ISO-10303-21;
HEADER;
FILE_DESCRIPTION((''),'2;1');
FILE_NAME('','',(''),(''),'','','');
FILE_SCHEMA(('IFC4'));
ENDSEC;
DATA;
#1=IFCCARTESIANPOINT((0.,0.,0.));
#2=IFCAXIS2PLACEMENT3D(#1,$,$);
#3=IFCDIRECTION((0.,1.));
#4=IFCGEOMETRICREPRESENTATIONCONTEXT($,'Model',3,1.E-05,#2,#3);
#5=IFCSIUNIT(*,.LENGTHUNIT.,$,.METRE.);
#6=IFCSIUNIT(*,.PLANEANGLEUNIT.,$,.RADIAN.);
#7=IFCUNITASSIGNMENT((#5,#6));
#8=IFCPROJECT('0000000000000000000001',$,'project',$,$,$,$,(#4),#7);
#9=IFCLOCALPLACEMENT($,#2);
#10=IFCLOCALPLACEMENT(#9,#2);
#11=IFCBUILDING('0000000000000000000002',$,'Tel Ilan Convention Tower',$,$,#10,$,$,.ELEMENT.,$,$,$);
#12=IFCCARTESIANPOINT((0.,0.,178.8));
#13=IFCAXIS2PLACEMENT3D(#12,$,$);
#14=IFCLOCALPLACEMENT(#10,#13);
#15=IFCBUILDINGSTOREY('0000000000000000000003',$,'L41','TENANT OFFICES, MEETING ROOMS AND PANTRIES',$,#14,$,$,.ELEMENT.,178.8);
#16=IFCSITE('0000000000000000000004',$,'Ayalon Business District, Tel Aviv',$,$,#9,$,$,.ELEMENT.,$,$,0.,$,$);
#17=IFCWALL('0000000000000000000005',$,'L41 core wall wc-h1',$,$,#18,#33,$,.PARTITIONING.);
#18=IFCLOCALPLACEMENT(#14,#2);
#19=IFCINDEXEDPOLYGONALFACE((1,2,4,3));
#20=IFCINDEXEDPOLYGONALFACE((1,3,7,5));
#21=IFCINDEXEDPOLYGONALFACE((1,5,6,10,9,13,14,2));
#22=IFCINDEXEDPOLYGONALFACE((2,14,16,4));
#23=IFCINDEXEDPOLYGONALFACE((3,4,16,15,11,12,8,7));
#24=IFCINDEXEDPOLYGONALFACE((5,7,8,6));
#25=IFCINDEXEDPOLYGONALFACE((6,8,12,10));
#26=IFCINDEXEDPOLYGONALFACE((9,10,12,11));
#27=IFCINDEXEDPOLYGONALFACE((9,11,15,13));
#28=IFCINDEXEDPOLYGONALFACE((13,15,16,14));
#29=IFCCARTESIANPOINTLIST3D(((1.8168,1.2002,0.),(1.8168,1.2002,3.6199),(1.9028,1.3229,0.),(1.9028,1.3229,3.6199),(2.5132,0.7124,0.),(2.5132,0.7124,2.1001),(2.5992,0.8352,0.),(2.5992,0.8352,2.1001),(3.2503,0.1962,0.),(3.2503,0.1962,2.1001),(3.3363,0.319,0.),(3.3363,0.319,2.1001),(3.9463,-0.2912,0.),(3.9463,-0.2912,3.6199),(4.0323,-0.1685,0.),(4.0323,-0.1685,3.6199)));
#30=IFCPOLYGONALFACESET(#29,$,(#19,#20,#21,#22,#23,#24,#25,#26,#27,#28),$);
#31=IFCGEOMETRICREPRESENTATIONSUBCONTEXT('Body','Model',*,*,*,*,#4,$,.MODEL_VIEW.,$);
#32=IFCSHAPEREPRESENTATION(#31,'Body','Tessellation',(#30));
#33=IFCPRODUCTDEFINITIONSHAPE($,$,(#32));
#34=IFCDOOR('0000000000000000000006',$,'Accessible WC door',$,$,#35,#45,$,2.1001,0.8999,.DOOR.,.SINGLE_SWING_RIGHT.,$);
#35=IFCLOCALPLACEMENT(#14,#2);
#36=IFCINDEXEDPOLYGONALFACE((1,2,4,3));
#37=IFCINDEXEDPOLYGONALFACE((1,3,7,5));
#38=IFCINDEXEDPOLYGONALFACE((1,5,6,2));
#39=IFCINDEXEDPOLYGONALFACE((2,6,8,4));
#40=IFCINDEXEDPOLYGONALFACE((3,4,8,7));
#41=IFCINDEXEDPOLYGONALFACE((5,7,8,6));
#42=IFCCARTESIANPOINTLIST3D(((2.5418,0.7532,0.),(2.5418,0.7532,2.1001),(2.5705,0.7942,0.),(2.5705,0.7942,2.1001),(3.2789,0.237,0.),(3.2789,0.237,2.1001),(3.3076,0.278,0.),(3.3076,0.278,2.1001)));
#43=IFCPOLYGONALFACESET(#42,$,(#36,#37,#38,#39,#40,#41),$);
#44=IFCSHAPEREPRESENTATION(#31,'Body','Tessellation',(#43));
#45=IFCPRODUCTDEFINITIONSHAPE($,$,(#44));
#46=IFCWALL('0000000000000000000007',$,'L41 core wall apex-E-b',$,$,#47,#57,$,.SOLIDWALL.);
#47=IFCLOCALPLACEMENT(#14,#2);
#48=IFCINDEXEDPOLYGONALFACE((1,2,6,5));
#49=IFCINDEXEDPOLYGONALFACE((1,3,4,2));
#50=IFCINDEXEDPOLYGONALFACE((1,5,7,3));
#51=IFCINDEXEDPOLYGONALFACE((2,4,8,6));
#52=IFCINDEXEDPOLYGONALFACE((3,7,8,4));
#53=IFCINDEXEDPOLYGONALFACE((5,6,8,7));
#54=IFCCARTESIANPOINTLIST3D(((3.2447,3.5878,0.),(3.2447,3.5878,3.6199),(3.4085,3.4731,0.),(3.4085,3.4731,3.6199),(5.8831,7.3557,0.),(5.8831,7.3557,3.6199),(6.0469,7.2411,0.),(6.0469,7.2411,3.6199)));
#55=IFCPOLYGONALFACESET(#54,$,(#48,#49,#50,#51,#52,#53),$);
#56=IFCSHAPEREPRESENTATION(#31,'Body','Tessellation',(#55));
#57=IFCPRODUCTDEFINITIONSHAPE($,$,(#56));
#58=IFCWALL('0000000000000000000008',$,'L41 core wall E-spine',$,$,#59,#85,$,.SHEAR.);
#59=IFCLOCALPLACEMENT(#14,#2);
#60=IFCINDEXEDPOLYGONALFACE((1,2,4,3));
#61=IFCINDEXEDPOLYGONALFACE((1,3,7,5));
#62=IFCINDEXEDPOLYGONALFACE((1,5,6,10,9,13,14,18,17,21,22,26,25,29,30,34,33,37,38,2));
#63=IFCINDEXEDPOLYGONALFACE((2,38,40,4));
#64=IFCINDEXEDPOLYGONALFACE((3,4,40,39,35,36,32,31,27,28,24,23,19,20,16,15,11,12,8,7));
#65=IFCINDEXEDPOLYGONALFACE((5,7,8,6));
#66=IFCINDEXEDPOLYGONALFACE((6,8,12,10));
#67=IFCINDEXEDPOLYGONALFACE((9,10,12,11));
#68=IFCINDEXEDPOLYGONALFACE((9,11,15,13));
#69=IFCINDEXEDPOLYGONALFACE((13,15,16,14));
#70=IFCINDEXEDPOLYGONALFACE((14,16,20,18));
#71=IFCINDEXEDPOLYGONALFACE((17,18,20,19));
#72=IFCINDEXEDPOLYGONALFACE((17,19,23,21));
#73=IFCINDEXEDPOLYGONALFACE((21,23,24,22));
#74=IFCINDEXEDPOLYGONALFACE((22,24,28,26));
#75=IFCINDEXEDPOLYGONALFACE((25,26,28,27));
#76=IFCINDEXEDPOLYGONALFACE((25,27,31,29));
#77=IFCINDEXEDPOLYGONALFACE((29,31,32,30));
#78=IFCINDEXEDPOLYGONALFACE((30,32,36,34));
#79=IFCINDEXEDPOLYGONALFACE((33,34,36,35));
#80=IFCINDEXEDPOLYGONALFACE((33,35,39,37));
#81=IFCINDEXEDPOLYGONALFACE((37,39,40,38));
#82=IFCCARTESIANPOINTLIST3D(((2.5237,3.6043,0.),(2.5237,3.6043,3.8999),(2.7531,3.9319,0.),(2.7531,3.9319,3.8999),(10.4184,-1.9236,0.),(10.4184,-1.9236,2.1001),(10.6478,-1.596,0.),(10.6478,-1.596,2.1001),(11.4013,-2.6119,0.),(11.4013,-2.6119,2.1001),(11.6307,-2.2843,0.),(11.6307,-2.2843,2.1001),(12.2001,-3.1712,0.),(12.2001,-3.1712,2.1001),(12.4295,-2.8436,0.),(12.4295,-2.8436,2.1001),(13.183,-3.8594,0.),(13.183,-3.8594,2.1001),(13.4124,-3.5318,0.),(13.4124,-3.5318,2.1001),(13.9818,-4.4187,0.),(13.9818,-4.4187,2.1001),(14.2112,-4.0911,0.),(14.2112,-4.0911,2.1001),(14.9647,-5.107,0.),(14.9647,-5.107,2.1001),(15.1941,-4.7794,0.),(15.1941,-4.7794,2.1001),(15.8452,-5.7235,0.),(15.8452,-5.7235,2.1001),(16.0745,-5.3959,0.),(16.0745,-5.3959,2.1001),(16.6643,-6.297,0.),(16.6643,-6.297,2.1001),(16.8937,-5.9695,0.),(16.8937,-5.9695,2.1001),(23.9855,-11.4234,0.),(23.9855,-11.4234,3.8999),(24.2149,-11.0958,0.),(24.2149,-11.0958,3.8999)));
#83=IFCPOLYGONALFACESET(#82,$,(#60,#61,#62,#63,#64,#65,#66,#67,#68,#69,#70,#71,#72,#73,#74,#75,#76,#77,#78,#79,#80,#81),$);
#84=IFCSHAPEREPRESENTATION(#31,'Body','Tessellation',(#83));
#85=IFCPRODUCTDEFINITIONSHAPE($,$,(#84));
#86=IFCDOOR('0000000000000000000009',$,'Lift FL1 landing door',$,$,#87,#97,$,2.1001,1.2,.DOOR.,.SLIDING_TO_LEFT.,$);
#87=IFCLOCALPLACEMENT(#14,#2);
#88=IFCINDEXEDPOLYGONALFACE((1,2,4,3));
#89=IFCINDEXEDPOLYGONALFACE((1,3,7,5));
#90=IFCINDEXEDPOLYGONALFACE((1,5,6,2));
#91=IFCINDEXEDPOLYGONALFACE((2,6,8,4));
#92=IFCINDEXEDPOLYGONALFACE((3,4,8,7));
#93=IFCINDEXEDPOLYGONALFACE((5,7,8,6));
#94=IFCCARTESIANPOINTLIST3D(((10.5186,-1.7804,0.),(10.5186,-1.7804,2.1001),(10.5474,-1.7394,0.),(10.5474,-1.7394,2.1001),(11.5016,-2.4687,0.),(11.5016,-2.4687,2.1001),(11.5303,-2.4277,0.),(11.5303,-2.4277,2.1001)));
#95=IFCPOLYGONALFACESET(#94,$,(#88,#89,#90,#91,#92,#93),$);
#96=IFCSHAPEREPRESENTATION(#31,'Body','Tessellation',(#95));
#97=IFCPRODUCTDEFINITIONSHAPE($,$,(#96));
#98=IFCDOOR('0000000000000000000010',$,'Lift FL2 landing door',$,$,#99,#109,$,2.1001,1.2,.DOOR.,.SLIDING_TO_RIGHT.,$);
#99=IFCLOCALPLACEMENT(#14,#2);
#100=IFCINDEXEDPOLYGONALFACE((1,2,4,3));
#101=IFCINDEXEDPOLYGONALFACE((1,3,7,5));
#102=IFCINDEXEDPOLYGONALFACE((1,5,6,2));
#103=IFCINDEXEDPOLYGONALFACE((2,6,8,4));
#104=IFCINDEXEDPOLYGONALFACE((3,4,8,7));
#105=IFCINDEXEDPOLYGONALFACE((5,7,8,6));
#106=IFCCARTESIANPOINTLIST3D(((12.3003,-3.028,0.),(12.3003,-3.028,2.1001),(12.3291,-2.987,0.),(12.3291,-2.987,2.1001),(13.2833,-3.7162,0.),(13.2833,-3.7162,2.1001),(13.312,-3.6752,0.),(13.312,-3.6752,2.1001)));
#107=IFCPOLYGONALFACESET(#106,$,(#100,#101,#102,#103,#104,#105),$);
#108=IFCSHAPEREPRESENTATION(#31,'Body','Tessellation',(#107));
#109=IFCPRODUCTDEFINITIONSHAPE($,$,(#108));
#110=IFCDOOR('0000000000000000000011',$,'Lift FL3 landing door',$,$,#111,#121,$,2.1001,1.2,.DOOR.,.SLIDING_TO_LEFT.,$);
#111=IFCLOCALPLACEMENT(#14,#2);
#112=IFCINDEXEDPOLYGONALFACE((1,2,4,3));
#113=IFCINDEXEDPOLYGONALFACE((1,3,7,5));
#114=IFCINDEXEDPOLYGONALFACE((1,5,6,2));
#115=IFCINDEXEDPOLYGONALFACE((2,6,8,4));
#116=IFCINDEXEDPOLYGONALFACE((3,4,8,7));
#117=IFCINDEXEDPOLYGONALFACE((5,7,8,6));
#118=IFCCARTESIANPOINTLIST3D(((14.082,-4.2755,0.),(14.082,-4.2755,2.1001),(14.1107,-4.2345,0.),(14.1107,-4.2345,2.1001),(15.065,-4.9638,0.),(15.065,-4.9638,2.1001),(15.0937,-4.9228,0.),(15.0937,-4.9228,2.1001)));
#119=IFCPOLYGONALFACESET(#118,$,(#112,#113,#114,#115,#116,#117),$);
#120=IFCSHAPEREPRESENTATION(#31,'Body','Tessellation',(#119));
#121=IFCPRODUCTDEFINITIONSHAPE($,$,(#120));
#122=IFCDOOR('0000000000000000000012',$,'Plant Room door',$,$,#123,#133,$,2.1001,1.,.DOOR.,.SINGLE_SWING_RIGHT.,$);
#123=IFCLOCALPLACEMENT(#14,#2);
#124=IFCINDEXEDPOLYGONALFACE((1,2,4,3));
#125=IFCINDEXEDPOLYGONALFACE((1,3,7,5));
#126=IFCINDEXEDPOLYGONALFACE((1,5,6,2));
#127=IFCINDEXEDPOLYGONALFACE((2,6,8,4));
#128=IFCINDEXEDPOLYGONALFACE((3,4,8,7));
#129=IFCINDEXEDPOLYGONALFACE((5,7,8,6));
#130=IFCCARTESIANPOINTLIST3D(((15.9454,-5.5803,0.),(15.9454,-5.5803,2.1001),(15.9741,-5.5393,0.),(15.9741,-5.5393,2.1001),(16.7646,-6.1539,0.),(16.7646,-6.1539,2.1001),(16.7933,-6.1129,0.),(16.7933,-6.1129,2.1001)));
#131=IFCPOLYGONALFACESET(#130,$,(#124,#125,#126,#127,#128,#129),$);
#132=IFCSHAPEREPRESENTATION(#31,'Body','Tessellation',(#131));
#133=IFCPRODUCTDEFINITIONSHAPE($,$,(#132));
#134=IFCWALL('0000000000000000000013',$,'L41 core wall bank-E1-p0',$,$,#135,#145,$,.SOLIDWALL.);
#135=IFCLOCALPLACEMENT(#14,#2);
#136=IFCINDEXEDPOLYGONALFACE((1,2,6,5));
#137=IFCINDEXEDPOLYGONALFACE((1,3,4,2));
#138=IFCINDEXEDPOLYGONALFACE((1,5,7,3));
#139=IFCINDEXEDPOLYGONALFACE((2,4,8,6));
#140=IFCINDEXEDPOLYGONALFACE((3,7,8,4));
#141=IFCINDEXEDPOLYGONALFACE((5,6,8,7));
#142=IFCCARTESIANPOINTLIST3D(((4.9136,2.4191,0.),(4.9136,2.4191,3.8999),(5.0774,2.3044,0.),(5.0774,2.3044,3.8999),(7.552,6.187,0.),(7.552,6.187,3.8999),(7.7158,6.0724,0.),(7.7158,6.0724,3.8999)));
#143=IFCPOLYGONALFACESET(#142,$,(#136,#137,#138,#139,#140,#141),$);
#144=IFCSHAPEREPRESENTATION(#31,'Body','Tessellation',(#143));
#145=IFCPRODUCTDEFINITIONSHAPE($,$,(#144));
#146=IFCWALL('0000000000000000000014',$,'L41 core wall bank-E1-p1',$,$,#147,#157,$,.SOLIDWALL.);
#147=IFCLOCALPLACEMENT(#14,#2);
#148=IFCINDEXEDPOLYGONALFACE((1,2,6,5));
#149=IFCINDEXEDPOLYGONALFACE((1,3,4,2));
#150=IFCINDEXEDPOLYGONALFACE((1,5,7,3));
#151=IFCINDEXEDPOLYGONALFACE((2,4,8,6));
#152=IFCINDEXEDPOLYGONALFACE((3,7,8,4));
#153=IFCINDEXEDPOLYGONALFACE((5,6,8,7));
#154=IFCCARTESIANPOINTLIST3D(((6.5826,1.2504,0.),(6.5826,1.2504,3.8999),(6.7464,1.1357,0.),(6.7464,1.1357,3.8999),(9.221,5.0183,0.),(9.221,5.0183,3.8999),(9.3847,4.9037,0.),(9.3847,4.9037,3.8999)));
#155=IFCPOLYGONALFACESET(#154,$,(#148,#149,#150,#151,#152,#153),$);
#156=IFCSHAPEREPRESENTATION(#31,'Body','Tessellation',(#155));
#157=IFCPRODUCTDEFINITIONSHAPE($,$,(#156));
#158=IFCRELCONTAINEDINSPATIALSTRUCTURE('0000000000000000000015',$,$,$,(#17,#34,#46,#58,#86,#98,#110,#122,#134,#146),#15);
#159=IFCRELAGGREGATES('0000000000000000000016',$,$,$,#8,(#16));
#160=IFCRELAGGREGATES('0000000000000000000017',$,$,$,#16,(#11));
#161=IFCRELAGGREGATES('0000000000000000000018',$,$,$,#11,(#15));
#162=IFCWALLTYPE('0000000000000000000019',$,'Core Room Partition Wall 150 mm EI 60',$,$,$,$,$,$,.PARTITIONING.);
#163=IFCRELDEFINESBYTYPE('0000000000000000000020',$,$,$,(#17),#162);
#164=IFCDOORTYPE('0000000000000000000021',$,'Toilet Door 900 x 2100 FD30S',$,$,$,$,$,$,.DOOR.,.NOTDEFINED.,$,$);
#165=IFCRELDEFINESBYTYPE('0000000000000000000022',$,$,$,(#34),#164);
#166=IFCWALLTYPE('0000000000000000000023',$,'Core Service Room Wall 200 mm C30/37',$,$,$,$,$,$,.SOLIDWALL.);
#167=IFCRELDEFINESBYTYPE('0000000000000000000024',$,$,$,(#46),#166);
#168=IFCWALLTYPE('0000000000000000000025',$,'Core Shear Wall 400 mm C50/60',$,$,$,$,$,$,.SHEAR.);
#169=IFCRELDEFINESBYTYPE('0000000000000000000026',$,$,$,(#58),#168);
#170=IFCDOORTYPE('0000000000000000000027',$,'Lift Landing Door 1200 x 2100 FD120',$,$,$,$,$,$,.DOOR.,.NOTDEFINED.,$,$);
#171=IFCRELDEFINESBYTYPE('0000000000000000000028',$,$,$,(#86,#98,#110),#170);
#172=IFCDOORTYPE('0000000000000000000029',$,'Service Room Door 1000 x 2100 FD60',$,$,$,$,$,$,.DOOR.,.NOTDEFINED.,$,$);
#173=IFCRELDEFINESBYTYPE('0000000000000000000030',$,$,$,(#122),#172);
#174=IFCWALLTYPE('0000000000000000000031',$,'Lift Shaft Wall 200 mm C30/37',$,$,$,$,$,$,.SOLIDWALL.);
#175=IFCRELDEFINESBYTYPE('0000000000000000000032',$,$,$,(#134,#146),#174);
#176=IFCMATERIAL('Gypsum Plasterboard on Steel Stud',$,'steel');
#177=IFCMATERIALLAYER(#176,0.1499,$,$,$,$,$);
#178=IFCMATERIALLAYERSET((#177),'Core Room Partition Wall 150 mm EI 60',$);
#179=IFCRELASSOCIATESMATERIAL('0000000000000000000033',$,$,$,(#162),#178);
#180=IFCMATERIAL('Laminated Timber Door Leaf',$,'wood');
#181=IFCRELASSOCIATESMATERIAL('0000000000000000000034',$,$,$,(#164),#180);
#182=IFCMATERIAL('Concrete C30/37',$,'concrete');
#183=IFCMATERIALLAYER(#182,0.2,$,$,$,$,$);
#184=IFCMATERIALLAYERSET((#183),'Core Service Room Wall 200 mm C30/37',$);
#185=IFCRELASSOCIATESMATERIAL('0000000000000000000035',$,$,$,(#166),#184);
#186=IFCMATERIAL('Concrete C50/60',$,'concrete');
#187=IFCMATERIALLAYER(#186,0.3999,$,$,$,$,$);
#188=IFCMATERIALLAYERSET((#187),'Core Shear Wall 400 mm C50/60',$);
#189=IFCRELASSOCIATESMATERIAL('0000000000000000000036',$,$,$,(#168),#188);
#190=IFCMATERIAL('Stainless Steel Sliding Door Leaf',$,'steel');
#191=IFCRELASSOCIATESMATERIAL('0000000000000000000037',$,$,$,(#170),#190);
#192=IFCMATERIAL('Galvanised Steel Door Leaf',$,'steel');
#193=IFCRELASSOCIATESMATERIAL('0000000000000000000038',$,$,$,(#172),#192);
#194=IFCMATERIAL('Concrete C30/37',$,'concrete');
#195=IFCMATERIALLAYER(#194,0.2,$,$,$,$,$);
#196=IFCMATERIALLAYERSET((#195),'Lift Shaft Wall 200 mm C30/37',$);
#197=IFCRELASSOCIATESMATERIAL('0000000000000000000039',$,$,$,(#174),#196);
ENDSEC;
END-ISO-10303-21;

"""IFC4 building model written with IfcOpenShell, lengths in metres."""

from ifc_helpers import new_model, si_unit, direction, frame, frame_2d, origin, place, context, subcontext, project, spatial, polyline, rectangle, outline, extrude, material, layer, layer_set, type_object, element, fill, save


model = new_model("IFC4")

# Units and contexts
model_context = context("Model", 3, precision=1e-05, world=origin(), true_north=direction((0.0, 1.0)))
body_context = subcontext(model_context, "Body", "Model", "MODEL_VIEW")
ifc_project = project(units=[si_unit("LENGTHUNIT", "METRE"), si_unit("PLANEANGLEUNIT", "RADIAN")], contexts=[model_context])

# Site, building, storey
site_placement = place(None, origin())
site = spatial("IfcSite", under=ifc_project, at=site_placement, Name="Ayalon Business District, Tel Aviv", CompositionType="ELEMENT", RefElevation=0.0)
building_placement = place(site_placement, origin())
building = spatial("IfcBuilding", under=site, at=building_placement, Name="Tel Ilan Convention Tower", CompositionType="ELEMENT")
storey_placement = place(building_placement, frame((0.0, 0.0, 178.8)))
storey = spatial("IfcBuildingStorey", under=building, at=storey_placement, Name="L41", Description="TENANT OFFICES, MEETING ROOMS AND PANTRIES", CompositionType="ELEMENT", Elevation=178.8)

# Wall, opening, door
ifc_material_1 = material(Name="Gypsum Plasterboard on Steel Stud", Category="steel")
ifc_layer_1 = layer(ifc_material_1, 0.1499)
ifc_layer_set_1 = layer_set([ifc_layer_1], Name="Core Room Partition Wall 150 mm EI 60")
wall_type_1 = type_object("IfcWallType", Name="Core Room Partition Wall 150 mm EI 60", PredefinedType="PARTITIONING", material=ifc_layer_set_1)
wall_1_placement = place(storey_placement, frame((1.8599, 1.2615, 0.0), z_axis=(0.0, 0.0, 1.0), x_axis=(0.819104, -0.573645, 0.0)))
wall_1 = element("IfcWall", 1, at=wall_1_placement, inside=storey, type_object=wall_type_1, Name="L41 core wall wc-h1", PredefinedType="PARTITIONING", context=body_context, shape_type="SweptSolid", body=[
    extrude(rectangle(XDim=2.5999, YDim=0.1499, at=frame_2d((1.2998, 0.0))), origin(), (0.0, 0.0, 1.0), 3.6199),
])
opening_1_placement = place(wall_1_placement, frame((0.8501, 0.0, 0.0)))
opening_1 = element("IfcOpeningElement", 2, at=opening_1_placement, cuts=wall_1, PredefinedType="OPENING", context=body_context, shape_type="SweptSolid", body=[
    extrude(rectangle(XDim=0.8999, YDim=2.1001, at=frame_2d((0.45, 1.05))), frame((0.0, 0.085, 0.0), z_axis=(0.0, -1.0, 0.0), x_axis=(1.0, 0.0, 0.0)), (0.0, 0.0, 1.0), 0.1699),
])
ifc_material_2 = material(Name="Laminated Timber Door Leaf", Category="wood")
door_type_1 = type_object("IfcDoorType", Name="Toilet Door 900 x 2100 FD30S", OperationType="NOTDEFINED", PredefinedType="DOOR", material=ifc_material_2)
door_1_placement = place(opening_1_placement, origin())
door_1 = element("IfcDoor", 3, at=door_1_placement, inside=storey, type_object=door_type_1, Name="Accessible WC door", OperationType="SINGLE_SWING_RIGHT", OverallHeight=2.1001, OverallWidth=0.8999, PredefinedType="DOOR", context=body_context, shape_type="SweptSolid", body=[
    extrude(rectangle(XDim=0.8999, YDim=2.1001, at=frame_2d((0.45, 1.05))), frame((0.0, 0.0249, 0.0), z_axis=(0.0, -1.0, 0.0), x_axis=(1.0, 0.0, 0.0)), (0.0, 0.0, 1.0), 0.05),
])
fill(opening_1, door_1)

# Wall
ifc_material_3 = material(Name="Concrete C30/37", Category="concrete")
ifc_layer_2 = layer(ifc_material_3, 0.2)
ifc_layer_set_2 = layer_set([ifc_layer_2], Name="Core Service Room Wall 200 mm C30/37")
wall_type_2 = type_object("IfcWallType", Name="Core Service Room Wall 200 mm C30/37", PredefinedType="SOLIDWALL", material=ifc_layer_set_2)
wall_2_placement = place(storey_placement, frame((3.3267, 3.5305, 0.0), z_axis=(0.0, 0.0, 1.0), x_axis=(0.573576, 0.819152, 0.0)))
element("IfcWall", 4, at=wall_2_placement, inside=storey, type_object=wall_type_2, Name="L41 core wall apex-E-b", PredefinedType="SOLIDWALL", context=body_context, shape_type="SweptSolid", body=[
    extrude(rectangle(XDim=4.5999, YDim=0.2, at=frame_2d((2.2998, 0.0))), origin(), (0.0, 0.0, 1.0), 3.6199),
])

# Wall, openings, doors
ifc_material_4 = material(Name="Concrete C50/60", Category="concrete")
ifc_layer_3 = layer(ifc_material_4, 0.3999)
ifc_layer_set_3 = layer_set([ifc_layer_3], Name="Core Shear Wall 400 mm C50/60")
wall_type_3 = type_object("IfcWallType", Name="Core Shear Wall 400 mm C50/60", PredefinedType="SHEAR", material=ifc_layer_set_3)
wall_3_placement = place(storey_placement, frame((2.6384, 3.7681, 0.0), z_axis=(0.0, 0.0, 1.0), x_axis=(0.819153, -0.573576, 0.0)))
wall_3 = element("IfcWall", 5, at=wall_3_placement, inside=storey, type_object=wall_type_3, Name="L41 core wall E-spine", PredefinedType="SHEAR", context=body_context, shape_type="SweptSolid", body=[
    extrude(outline(polyline([(0.0, 0.2), (0.0, -0.2), (26.2, -0.2), (26.2, 0.2), (0.0, 0.2)])), origin(), (0.0, 0.0, 1.0), 3.8999),
])
opening_2_placement = place(wall_3_placement, frame((9.6375, 0.0, 0.0)))
opening_2 = element("IfcOpeningElement", 6, at=opening_2_placement, cuts=wall_3, PredefinedType="OPENING", context=body_context, shape_type="SweptSolid", body=[
    extrude(rectangle(XDim=1.2, YDim=2.1001, at=frame_2d((0.6001, 1.05))), frame((0.0, 0.21, 0.0), z_axis=(0.0, -1.0, 0.0), x_axis=(1.0, 0.0, 0.0)), (0.0, 0.0, 1.0), 0.4199),
])
opening_3_placement = place(wall_3_placement, frame((11.8125, 0.0, 0.0)))
opening_3 = element("IfcOpeningElement", 7, at=opening_3_placement, cuts=wall_3, PredefinedType="OPENING", context=body_context, shape_type="SweptSolid", body=[
    extrude(rectangle(XDim=1.2, YDim=2.1001, at=frame_2d((0.6001, 1.05))), frame((0.0, 0.21, 0.0), z_axis=(0.0, -1.0, 0.0), x_axis=(1.0, 0.0, 0.0)), (0.0, 0.0, 1.0), 0.4199),
])
opening_4_placement = place(wall_3_placement, frame((13.9875, 0.0, 0.0)))
opening_4 = element("IfcOpeningElement", 8, at=opening_4_placement, cuts=wall_3, PredefinedType="OPENING", context=body_context, shape_type="SweptSolid", body=[
    extrude(rectangle(XDim=1.2, YDim=2.1001, at=frame_2d((0.6001, 1.05))), frame((0.0, 0.21, 0.0), z_axis=(0.0, -1.0, 0.0), x_axis=(1.0, 0.0, 0.0)), (0.0, 0.0, 1.0), 0.4199),
])
opening_5_placement = place(wall_3_placement, frame((16.2625, 0.0, 0.0)))
opening_5 = element("IfcOpeningElement", 9, at=opening_5_placement, cuts=wall_3, PredefinedType="OPENING", context=body_context, shape_type="SweptSolid", body=[
    extrude(rectangle(XDim=1.0, YDim=2.1001, at=frame_2d((0.5, 1.05))), frame((0.0, 0.21, 0.0), z_axis=(0.0, -1.0, 0.0), x_axis=(1.0, 0.0, 0.0)), (0.0, 0.0, 1.0), 0.4199),
])
ifc_material_5 = material(Name="Stainless Steel Sliding Door Leaf", Category="steel")
door_type_2 = type_object("IfcDoorType", Name="Lift Landing Door 1200 x 2100 FD120", OperationType="NOTDEFINED", PredefinedType="DOOR", material=ifc_material_5)
door_2_placement = place(opening_2_placement, origin())
door_2 = element("IfcDoor", 10, at=door_2_placement, inside=storey, type_object=door_type_2, Name="Lift FL1 landing door", OperationType="SLIDING_TO_LEFT", OverallHeight=2.1001, OverallWidth=1.2, PredefinedType="DOOR", context=body_context, shape_type="SweptSolid", body=[
    extrude(rectangle(XDim=1.2, YDim=2.1001, at=frame_2d((0.6001, 1.05))), frame((0.0, 0.0249, 0.0), z_axis=(0.0, -1.0, 0.0), x_axis=(1.0, 0.0, 0.0)), (0.0, 0.0, 1.0), 0.05),
])
fill(opening_2, door_2)
door_3_placement = place(opening_3_placement, origin())
door_3 = element("IfcDoor", 11, at=door_3_placement, inside=storey, type_object=door_type_2, Name="Lift FL2 landing door", OperationType="SLIDING_TO_RIGHT", OverallHeight=2.1001, OverallWidth=1.2, PredefinedType="DOOR", context=body_context, shape_type="SweptSolid", body=[
    extrude(rectangle(XDim=1.2, YDim=2.1001, at=frame_2d((0.6001, 1.05))), frame((0.0, 0.0249, 0.0), z_axis=(0.0, -1.0, 0.0), x_axis=(1.0, 0.0, 0.0)), (0.0, 0.0, 1.0), 0.05),
])
fill(opening_3, door_3)
door_4_placement = place(opening_4_placement, origin())
door_4 = element("IfcDoor", 12, at=door_4_placement, inside=storey, type_object=door_type_2, Name="Lift FL3 landing door", OperationType="SLIDING_TO_LEFT", OverallHeight=2.1001, OverallWidth=1.2, PredefinedType="DOOR", context=body_context, shape_type="SweptSolid", body=[
    extrude(rectangle(XDim=1.2, YDim=2.1001, at=frame_2d((0.6001, 1.05))), frame((0.0, 0.0249, 0.0), z_axis=(0.0, -1.0, 0.0), x_axis=(1.0, 0.0, 0.0)), (0.0, 0.0, 1.0), 0.05),
])
fill(opening_4, door_4)
ifc_material_6 = material(Name="Galvanised Steel Door Leaf", Category="steel")
door_type_3 = type_object("IfcDoorType", Name="Service Room Door 1000 x 2100 FD60", OperationType="NOTDEFINED", PredefinedType="DOOR", material=ifc_material_6)
door_5_placement = place(opening_5_placement, origin())
door_5 = element("IfcDoor", 13, at=door_5_placement, inside=storey, type_object=door_type_3, Name="Plant Room door", OperationType="SINGLE_SWING_RIGHT", OverallHeight=2.1001, OverallWidth=1.0, PredefinedType="DOOR", context=body_context, shape_type="SweptSolid", body=[
    extrude(rectangle(XDim=1.0, YDim=2.1001, at=frame_2d((0.5, 1.05))), frame((0.0, 0.0249, 0.0), z_axis=(0.0, -1.0, 0.0), x_axis=(1.0, 0.0, 0.0)), (0.0, 0.0, 1.0), 0.05),
])
fill(opening_5, door_5)

# Walls
ifc_material_7 = material(Name="Concrete C30/37", Category="concrete")
ifc_layer_4 = layer(ifc_material_7, 0.2)
ifc_layer_set_4 = layer_set([ifc_layer_4], Name="Lift Shaft Wall 200 mm C30/37")
wall_type_4 = type_object("IfcWallType", Name="Lift Shaft Wall 200 mm C30/37", PredefinedType="SOLIDWALL", material=ifc_layer_set_4)
for number, where, z_axis, x_axis, name in (
    (14, (4.9956, 2.3618, 0.0), (0.0, 0.0, 1.0), (0.573576, 0.819152, 0.0), "L41 core wall bank-E1-p0"),
    (15, (6.6646, 1.1931, 0.0), (0.0, 0.0, 1.0), (0.573576, 0.819152, 0.0), "L41 core wall bank-E1-p1"),
):
    element("IfcWall", number, at=place(storey_placement, frame(where, z_axis=z_axis, x_axis=x_axis)), inside=storey, type_object=wall_type_4, Name=name, PredefinedType="SOLIDWALL", context=body_context, shape_type="SweptSolid", body=[
        extrude(rectangle(XDim=4.5999, YDim=0.2, at=frame_2d((2.2998, 0.0))), origin(), (0.0, 0.0, 1.0), 3.8999),
    ])

save(model, "model.ifc")
